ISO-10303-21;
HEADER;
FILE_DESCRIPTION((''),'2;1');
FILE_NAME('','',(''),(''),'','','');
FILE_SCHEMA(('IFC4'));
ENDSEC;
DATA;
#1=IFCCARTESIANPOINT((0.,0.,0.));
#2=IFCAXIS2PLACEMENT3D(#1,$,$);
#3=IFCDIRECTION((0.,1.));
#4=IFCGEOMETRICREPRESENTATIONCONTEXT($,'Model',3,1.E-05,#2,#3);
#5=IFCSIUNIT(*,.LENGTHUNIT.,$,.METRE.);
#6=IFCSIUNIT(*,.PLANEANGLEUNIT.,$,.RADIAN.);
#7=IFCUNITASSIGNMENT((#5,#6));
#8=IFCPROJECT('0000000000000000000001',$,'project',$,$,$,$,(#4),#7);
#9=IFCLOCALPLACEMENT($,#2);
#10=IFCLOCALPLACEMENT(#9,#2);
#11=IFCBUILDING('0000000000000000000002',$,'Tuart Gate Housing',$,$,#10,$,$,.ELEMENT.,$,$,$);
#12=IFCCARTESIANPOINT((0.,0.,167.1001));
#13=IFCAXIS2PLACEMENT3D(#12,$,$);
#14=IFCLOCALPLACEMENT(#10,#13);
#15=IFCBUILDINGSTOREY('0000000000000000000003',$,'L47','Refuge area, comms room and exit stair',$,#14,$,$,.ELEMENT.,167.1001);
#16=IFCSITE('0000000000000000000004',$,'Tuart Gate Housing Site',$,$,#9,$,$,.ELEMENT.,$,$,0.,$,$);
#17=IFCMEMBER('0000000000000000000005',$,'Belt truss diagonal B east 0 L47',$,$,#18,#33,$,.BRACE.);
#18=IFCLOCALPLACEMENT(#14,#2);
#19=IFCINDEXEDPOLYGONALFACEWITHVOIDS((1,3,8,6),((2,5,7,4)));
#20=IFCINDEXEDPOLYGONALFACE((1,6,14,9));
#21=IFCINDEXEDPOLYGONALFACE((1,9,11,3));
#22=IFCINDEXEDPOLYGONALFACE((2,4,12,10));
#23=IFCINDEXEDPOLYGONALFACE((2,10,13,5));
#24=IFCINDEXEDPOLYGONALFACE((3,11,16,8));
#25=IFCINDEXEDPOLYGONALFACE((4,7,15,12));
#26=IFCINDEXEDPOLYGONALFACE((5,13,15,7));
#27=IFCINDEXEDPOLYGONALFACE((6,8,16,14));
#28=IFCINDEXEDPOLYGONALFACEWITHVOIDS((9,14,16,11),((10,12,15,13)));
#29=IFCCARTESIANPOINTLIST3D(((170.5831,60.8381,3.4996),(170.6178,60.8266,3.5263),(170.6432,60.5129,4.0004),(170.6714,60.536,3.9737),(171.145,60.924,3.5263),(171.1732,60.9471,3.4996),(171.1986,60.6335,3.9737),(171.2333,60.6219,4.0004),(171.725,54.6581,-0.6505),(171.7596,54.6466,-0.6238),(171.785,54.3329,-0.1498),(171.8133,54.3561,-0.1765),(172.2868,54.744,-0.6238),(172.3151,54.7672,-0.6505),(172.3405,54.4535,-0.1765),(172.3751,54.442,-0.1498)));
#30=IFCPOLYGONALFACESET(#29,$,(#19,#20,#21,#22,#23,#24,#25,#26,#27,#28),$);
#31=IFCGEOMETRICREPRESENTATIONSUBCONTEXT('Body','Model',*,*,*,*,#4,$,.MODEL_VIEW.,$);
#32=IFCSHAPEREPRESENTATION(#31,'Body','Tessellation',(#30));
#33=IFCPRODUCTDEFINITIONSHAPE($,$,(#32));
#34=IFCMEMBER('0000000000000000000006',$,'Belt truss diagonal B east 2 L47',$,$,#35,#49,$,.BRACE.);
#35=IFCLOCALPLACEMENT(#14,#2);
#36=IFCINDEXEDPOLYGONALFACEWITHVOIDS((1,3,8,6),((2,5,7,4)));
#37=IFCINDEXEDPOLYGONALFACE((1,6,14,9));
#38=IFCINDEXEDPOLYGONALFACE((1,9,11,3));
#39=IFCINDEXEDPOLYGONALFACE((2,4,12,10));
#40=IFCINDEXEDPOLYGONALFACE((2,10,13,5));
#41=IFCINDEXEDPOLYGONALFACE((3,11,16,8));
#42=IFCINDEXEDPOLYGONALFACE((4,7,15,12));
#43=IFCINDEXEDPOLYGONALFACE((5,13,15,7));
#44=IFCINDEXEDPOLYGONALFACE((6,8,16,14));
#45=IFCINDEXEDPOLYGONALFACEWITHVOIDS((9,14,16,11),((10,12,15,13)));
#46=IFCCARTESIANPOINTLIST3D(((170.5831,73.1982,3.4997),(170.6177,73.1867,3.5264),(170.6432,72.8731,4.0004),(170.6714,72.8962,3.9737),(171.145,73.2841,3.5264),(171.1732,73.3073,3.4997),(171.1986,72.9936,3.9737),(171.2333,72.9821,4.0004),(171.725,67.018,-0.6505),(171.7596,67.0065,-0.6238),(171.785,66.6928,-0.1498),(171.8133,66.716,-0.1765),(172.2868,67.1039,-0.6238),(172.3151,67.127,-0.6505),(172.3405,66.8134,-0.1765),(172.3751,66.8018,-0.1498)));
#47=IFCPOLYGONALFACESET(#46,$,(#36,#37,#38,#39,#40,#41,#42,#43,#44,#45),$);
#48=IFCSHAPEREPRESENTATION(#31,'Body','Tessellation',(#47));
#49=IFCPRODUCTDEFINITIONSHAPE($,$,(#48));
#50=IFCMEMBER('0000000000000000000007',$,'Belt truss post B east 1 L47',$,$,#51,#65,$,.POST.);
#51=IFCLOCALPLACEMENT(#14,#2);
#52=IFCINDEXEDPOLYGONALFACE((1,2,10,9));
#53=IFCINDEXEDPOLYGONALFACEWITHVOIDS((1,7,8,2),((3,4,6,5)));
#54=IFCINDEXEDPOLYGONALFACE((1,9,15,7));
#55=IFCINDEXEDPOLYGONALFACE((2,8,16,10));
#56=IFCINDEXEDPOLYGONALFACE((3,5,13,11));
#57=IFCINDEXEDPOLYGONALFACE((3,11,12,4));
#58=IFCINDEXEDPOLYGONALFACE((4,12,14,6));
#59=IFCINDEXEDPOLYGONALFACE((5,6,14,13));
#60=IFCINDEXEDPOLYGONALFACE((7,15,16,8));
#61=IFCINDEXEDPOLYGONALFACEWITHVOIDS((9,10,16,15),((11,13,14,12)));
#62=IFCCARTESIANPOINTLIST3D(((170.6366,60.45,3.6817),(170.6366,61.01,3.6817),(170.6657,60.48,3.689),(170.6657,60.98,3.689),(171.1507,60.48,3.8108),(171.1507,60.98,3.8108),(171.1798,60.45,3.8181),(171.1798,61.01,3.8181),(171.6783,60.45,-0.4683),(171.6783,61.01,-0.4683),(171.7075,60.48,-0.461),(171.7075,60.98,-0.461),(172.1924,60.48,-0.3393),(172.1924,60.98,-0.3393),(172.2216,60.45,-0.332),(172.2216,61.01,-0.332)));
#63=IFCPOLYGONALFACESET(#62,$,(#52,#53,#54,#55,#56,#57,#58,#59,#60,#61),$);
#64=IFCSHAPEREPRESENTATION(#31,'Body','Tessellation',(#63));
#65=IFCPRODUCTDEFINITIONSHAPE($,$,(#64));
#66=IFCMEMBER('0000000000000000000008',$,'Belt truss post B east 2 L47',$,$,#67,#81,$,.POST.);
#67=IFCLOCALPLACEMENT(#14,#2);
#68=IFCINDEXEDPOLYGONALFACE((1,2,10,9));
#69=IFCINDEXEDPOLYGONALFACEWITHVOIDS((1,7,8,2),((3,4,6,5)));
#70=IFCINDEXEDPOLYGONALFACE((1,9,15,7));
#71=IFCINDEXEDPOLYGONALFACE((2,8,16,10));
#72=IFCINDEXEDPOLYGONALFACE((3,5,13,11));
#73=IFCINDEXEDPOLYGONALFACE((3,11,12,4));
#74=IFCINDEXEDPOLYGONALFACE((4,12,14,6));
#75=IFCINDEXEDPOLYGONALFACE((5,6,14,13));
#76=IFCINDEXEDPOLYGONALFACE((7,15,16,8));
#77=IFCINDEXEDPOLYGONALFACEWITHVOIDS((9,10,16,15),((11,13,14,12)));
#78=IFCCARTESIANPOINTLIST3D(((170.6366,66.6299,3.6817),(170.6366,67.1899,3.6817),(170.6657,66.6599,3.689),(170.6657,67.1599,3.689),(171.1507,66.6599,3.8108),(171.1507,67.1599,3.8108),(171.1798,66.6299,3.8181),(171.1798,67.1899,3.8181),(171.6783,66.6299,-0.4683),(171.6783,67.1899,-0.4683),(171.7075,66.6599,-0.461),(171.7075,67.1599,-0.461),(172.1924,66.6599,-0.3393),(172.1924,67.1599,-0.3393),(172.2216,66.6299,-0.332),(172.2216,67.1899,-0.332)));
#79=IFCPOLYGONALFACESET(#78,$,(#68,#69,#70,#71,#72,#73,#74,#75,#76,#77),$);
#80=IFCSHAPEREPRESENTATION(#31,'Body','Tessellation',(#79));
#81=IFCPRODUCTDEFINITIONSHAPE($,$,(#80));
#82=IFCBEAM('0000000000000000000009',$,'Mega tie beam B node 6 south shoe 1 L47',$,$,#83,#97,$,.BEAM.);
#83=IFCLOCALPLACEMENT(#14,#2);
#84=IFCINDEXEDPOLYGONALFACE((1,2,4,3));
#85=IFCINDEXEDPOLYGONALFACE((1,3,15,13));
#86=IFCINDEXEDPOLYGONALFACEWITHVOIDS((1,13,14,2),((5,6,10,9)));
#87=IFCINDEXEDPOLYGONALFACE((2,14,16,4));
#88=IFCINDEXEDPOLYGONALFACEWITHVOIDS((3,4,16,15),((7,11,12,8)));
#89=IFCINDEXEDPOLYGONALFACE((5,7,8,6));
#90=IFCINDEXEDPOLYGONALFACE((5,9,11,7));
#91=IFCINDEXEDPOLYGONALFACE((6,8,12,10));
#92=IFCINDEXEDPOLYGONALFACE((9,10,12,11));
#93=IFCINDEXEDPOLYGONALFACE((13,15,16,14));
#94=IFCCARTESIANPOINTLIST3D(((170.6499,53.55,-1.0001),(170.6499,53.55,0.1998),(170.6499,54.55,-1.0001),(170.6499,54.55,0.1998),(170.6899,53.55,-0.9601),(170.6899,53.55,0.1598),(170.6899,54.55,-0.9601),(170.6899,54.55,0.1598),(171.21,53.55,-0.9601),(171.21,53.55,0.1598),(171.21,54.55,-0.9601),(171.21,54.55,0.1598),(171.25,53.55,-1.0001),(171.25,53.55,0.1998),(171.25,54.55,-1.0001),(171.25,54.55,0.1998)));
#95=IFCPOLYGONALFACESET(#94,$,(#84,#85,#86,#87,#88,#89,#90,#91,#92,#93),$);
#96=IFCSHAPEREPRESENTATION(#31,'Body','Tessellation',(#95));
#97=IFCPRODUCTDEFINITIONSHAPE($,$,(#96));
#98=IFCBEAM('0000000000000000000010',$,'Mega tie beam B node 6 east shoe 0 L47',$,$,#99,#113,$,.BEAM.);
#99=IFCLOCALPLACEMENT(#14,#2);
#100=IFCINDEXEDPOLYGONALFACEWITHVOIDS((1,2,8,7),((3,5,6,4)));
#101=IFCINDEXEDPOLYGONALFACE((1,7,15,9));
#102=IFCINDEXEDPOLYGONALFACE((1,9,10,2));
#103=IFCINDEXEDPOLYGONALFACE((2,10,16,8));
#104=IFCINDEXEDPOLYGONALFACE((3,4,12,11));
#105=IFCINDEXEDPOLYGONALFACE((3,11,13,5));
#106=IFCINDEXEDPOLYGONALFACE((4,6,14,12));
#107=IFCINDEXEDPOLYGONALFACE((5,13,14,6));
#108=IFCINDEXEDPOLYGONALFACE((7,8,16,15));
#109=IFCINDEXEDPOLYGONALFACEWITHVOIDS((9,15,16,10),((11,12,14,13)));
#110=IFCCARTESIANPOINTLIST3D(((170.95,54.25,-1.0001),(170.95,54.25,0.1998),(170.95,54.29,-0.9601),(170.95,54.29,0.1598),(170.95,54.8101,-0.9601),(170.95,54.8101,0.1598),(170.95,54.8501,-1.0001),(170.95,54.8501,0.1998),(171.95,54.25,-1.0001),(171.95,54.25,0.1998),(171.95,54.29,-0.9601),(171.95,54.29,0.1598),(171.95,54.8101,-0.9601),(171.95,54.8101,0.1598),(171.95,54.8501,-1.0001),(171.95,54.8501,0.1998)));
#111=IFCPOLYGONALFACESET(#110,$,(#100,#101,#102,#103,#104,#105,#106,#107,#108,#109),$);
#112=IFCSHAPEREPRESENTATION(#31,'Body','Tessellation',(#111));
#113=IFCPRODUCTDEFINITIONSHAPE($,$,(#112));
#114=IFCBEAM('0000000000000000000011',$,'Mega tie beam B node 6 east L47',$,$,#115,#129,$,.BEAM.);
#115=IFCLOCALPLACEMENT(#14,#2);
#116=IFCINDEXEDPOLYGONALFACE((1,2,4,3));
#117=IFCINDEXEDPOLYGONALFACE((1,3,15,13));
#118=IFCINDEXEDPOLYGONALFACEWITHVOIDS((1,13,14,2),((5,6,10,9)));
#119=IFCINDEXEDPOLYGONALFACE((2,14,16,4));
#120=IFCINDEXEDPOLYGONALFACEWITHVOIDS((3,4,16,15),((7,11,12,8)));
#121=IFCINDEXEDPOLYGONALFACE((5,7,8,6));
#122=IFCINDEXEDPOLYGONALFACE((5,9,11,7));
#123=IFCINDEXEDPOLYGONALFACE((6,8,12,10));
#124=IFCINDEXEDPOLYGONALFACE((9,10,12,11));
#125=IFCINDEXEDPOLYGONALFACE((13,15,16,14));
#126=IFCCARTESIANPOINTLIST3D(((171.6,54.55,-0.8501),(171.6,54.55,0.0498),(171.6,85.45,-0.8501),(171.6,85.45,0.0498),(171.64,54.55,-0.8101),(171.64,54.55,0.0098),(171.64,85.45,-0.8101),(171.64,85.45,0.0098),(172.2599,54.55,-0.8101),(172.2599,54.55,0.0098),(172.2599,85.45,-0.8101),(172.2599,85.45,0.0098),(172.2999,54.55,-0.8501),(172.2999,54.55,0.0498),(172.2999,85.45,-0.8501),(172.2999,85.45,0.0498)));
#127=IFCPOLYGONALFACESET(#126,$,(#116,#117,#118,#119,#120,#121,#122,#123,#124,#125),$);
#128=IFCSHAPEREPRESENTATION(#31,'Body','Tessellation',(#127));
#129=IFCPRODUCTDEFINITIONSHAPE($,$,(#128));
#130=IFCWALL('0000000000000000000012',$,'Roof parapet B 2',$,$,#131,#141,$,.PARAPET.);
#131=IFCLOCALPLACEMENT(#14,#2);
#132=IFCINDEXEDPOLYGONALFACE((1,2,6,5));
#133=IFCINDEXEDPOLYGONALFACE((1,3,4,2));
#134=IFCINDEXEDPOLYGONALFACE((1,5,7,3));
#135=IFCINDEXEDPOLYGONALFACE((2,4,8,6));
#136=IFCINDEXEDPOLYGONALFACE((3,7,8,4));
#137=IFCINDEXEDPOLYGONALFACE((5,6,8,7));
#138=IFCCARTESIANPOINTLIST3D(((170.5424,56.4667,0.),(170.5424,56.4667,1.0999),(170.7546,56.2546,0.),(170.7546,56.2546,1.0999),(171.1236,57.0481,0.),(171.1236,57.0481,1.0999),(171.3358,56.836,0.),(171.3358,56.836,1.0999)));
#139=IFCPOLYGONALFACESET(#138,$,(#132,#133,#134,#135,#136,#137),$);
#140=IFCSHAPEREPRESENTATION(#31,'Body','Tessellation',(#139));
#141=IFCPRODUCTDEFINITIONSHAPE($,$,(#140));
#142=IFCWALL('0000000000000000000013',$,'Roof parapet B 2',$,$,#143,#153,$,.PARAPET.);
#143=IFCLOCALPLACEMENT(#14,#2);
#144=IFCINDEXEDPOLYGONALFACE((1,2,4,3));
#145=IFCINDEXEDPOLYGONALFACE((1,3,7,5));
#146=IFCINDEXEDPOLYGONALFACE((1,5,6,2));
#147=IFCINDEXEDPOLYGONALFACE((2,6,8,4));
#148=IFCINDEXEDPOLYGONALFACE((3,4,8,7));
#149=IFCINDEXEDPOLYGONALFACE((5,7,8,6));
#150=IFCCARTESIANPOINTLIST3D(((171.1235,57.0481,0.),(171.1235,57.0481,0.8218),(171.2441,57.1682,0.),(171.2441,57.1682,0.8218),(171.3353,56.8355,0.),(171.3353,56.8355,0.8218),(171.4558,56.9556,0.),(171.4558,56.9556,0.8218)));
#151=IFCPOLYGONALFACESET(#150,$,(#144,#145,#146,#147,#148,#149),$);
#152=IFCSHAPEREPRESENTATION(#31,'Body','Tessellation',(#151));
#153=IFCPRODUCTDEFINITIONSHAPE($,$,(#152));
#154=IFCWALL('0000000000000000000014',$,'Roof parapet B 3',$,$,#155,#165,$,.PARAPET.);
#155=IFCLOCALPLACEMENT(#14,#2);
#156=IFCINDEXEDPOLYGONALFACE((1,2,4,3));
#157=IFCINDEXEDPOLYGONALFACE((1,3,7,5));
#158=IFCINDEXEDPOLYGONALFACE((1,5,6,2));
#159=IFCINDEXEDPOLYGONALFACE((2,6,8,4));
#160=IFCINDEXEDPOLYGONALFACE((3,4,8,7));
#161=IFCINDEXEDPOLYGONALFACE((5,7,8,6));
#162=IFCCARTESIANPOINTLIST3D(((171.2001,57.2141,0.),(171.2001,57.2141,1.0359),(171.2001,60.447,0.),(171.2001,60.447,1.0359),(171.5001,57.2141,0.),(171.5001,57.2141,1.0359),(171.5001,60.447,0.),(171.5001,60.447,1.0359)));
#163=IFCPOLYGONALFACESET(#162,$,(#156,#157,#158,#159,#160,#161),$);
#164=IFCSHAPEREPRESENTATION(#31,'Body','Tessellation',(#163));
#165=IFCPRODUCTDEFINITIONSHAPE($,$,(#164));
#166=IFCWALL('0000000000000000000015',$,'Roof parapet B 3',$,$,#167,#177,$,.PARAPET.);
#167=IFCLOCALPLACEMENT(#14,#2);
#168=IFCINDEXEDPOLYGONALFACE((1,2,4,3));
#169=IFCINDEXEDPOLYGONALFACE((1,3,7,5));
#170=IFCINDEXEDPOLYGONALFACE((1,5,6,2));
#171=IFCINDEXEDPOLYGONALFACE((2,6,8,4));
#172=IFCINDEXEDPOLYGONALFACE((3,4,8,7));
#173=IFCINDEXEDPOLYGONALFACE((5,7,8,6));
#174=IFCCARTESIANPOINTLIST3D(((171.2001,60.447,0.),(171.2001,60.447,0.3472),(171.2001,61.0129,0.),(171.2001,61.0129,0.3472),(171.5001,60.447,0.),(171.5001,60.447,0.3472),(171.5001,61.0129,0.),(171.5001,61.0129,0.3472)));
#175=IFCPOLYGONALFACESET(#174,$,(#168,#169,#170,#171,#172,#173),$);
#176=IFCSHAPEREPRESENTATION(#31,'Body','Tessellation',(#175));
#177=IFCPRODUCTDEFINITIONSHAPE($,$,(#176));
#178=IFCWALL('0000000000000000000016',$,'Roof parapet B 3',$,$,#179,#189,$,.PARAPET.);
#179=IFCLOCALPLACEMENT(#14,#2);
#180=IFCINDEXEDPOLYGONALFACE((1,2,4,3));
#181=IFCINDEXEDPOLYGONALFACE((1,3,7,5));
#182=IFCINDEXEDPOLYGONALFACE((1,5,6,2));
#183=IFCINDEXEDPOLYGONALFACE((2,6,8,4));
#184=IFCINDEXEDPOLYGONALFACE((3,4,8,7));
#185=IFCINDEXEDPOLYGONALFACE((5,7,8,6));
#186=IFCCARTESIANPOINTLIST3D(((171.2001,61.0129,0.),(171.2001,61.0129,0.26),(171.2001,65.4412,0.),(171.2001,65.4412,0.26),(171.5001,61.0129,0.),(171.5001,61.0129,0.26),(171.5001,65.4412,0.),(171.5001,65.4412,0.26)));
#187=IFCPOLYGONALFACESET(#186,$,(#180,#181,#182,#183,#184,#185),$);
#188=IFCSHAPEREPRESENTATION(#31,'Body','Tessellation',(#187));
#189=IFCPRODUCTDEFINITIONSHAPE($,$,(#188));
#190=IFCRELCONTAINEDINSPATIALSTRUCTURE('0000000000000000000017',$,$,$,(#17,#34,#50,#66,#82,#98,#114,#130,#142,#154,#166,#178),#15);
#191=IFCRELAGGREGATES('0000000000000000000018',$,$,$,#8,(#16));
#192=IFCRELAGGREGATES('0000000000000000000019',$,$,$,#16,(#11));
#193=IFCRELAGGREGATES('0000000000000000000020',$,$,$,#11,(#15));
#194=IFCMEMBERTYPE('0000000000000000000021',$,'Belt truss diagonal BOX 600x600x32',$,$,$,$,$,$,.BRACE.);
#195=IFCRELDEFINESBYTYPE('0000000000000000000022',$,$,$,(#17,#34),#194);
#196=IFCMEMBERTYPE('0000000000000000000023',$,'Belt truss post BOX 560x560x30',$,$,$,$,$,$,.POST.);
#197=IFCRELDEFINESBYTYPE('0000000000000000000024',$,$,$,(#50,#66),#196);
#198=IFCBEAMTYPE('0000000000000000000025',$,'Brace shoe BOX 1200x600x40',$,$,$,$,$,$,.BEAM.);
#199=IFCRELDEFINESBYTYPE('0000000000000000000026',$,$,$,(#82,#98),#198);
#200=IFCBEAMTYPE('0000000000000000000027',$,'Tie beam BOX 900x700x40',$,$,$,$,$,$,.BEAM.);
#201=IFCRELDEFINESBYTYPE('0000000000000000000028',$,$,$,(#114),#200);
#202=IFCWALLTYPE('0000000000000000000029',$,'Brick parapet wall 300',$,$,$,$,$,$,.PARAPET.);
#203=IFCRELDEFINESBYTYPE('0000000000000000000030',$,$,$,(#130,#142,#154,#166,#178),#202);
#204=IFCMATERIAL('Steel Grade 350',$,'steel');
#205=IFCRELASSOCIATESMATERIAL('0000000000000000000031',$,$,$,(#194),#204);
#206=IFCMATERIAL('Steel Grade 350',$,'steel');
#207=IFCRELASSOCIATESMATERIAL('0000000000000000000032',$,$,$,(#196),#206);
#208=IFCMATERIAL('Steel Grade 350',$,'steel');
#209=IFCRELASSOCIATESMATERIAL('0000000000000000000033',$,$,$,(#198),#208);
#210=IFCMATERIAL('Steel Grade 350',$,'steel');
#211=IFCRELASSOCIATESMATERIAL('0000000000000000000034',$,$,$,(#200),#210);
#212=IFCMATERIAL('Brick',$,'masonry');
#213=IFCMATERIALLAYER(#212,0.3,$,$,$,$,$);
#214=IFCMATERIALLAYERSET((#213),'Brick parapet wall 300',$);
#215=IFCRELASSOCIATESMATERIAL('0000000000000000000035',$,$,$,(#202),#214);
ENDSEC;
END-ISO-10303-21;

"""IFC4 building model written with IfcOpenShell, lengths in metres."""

from ifc_helpers import new_model, si_unit, direction, frame, frame_2d, origin, origin_2d, place, context, subcontext, project, spatial, rectangle, hollow_rectangle, extrude, material, layer, layer_set, material_profile, profile_set, type_object, element, save


model = new_model("IFC4")

# Units and contexts
model_context = context("Model", 3, precision=1e-05, world=origin(), true_north=direction((0.0, 1.0)))
body_context = subcontext(model_context, "Body", "Model", "MODEL_VIEW")
ifc_project = project(units=[si_unit("LENGTHUNIT", "METRE"), si_unit("PLANEANGLEUNIT", "RADIAN")], contexts=[model_context])

# Site, building, storey
site_placement = place(None, origin())
site = spatial("IfcSite", under=ifc_project, at=site_placement, Name="Tuart Gate Housing Site", CompositionType="ELEMENT", RefElevation=0.0)
building_placement = place(site_placement, origin())
building = spatial("IfcBuilding", under=site, at=building_placement, Name="Tuart Gate Housing", CompositionType="ELEMENT")
storey_placement = place(building_placement, frame((0.0, 0.0, 167.1001)))
storey = spatial("IfcBuildingStorey", under=building, at=storey_placement, Name="L47", Description="Refuge area, comms room and exit stair", CompositionType="ELEMENT", Elevation=167.1001)

# Members
ifc_material_1 = material(Name="Steel Grade 350", Category="steel")
ifc_material_profile_1 = material_profile(ifc_material_1, hollow_rectangle(XDim=0.6001, YDim=0.6001, WallThickness=0.032, at=origin_2d()), Name="BOX 600x600x32")
ifc_profile_set_1 = profile_set([ifc_material_profile_1], Name="Steel Grade 350")
member_type_1 = type_object("IfcMemberType", Name="Belt truss diagonal BOX 600x600x32", PredefinedType="BRACE", material=ifc_profile_set_1)
member_1_placement = place(storey_placement, frame((172.05, 54.55, -0.4001), z_axis=(-0.151615, 0.820576, 0.55106), x_axis=(-0.983356, -0.181691, 0.0)))
element("IfcMember", 1, at=member_1_placement, inside=storey, type_object=member_type_1, Name="Belt truss diagonal B east 0 L47", PredefinedType="BRACE", context=body_context, shape_type="SweptSolid", body=[
    extrude(hollow_rectangle(XDim=0.6001, YDim=0.6001, WallThickness=0.032, at=origin_2d()), origin(), (0.0, 0.0, 1.0), 7.5312),
])
member_2_placement = place(storey_placement, frame((172.05, 66.9099, -0.4001), z_axis=(-0.151611, 0.820587, 0.551045), x_axis=(-0.983357, -0.181684, 0.0)))
element("IfcMember", 2, at=member_2_placement, inside=storey, type_object=member_type_1, Name="Belt truss diagonal B east 2 L47", PredefinedType="BRACE", context=body_context, shape_type="SweptSolid", body=[
    extrude(hollow_rectangle(XDim=0.6001, YDim=0.6001, WallThickness=0.032, at=origin_2d()), origin(), (0.0, 0.0, 1.0), 7.5315),
])
ifc_material_2 = material(Name="Steel Grade 350", Category="steel")
ifc_material_profile_2 = material_profile(ifc_material_2, hollow_rectangle(XDim=0.5601, YDim=0.5601, WallThickness=0.03, at=origin_2d()), Name="BOX 560x560x30")
ifc_profile_set_2 = profile_set([ifc_material_profile_2], Name="Steel Grade 350")
member_type_2 = type_object("IfcMemberType", Name="Belt truss post BOX 560x560x30", PredefinedType="POST", material=ifc_profile_set_2)
for number, where, z_axis, x_axis, name in (
    (3, (171.95, 60.73, -0.4001), (-0.243462, 0.0, 0.96991), (0.0, -1.0, 0.0), "Belt truss post B east 1 L47"),
    (4, (171.95, 66.9099, -0.4001), (-0.243462, 0.0, 0.96991), (0.0, -1.0, 0.0), "Belt truss post B east 2 L47"),
):
    element("IfcMember", number, at=place(storey_placement, frame(where, z_axis=z_axis, x_axis=x_axis)), inside=storey, type_object=member_type_2, Name=name, PredefinedType="POST", context=body_context, shape_type="SweptSolid", body=[
        extrude(hollow_rectangle(XDim=0.5601, YDim=0.5601, WallThickness=0.03, at=origin_2d()), origin(), (0.0, 0.0, 1.0), 4.2788),
    ])

# Beams
ifc_material_3 = material(Name="Steel Grade 350", Category="steel")
ifc_material_profile_3 = material_profile(ifc_material_3, hollow_rectangle(XDim=0.6001, YDim=1.2, WallThickness=0.04, at=origin_2d()), Name="BOX 1200x600x40")
ifc_profile_set_3 = profile_set([ifc_material_profile_3], Name="Steel Grade 350")
beam_type_1 = type_object("IfcBeamType", Name="Brace shoe BOX 1200x600x40", PredefinedType="BEAM", material=ifc_profile_set_3)
for number, where, z_axis, x_axis, name in (
    (5, (170.95, 54.55, -0.4001), (0.0, -1.0, 0.0), (1.0, 0.0, 0.0), "Mega tie beam B node 6 south shoe 1 L47"),
    (6, (170.95, 54.55, -0.4001), (1.0, 0.0, 0.0), (0.0, 1.0, 0.0), "Mega tie beam B node 6 east shoe 0 L47"),
):
    element("IfcBeam", number, at=place(storey_placement, frame(where, z_axis=z_axis, x_axis=x_axis)), inside=storey, type_object=beam_type_1, Name=name, PredefinedType="BEAM", context=body_context, shape_type="SweptSolid", body=[
        extrude(hollow_rectangle(XDim=0.6001, YDim=1.2, WallThickness=0.04, at=origin_2d()), origin(), (0.0, 0.0, 1.0), 1.0),
    ])
ifc_material_4 = material(Name="Steel Grade 350", Category="steel")
ifc_material_profile_4 = material_profile(ifc_material_4, hollow_rectangle(XDim=0.7, YDim=0.8999, WallThickness=0.04, at=origin_2d()), Name="BOX 900x700x40")
ifc_profile_set_4 = profile_set([ifc_material_profile_4], Name="Steel Grade 350")
beam_type_2 = type_object("IfcBeamType", Name="Tie beam BOX 900x700x40", PredefinedType="BEAM", material=ifc_profile_set_4)
beam_placement = place(storey_placement, frame((171.95, 54.55, -0.4001), z_axis=(0.0, 1.0, 0.0), x_axis=(-1.0, 0.0, 0.0)))
element("IfcBeam", 7, at=beam_placement, inside=storey, type_object=beam_type_2, Name="Mega tie beam B node 6 east L47", PredefinedType="BEAM", context=body_context, shape_type="SweptSolid", body=[
    extrude(hollow_rectangle(XDim=0.7, YDim=0.8999, WallThickness=0.04, at=origin_2d()), origin(), (0.0, 0.0, 1.0), 30.8999),
])

# Walls
ifc_material_5 = material(Name="Brick", Category="masonry")
ifc_layer_1 = layer(ifc_material_5, 0.3)
ifc_layer_set_1 = layer_set([ifc_layer_1], Name="Brick parapet wall 300")
wall_type_1 = type_object("IfcWallType", Name="Brick parapet wall 300", PredefinedType="PARAPET", material=ifc_layer_set_1)
wall_1_placement = place(storey_placement, frame((170.6484, 56.3606, 0.0), z_axis=(0.0, 0.0, 1.0), x_axis=(0.706958, 0.707255, 0.0)))
element("IfcWall", 8, at=wall_1_placement, inside=storey, type_object=wall_type_1, Name="Roof parapet B 2", PredefinedType="PARAPET", context=body_context, shape_type="SweptSolid", body=[
    extrude(rectangle(XDim=0.822, YDim=0.3, at=frame_2d((0.4111, 0.0))), origin(), (0.0, 0.0, 1.0), 1.0999),
])
wall_2_placement = place(storey_placement, frame((171.2295, 56.9419, 0.0), z_axis=(0.0, 0.0, 1.0), x_axis=(0.70854, 0.705671, 0.0)))
element("IfcWall", 9, at=wall_2_placement, inside=storey, type_object=wall_type_1, Name="Roof parapet B 2", PredefinedType="PARAPET", context=body_context, shape_type="SweptSolid", body=[
    extrude(rectangle(XDim=0.1702, YDim=0.3, at=frame_2d((0.085, 0.0))), origin(), (0.0, 0.0, 1.0), 0.8218),
])
wall_3_placement = place(storey_placement, frame((171.3501, 57.2141, 0.0), z_axis=(0.0, 0.0, 1.0), x_axis=(0.0, 1.0, 0.0)))
element("IfcWall", 10, at=wall_3_placement, inside=storey, type_object=wall_type_1, Name="Roof parapet B 3", PredefinedType="PARAPET", context=body_context, shape_type="SweptSolid", body=[
    extrude(rectangle(XDim=3.2329, YDim=0.3, at=frame_2d((1.6165, 0.0))), origin(), (0.0, 0.0, 1.0), 1.0359),
])
wall_4_placement = place(storey_placement, frame((171.3501, 60.447, 0.0), z_axis=(0.0, 0.0, 1.0), x_axis=(0.0, 1.0, 0.0)))
element("IfcWall", 11, at=wall_4_placement, inside=storey, type_object=wall_type_1, Name="Roof parapet B 3", PredefinedType="PARAPET", context=body_context, shape_type="SweptSolid", body=[
    extrude(rectangle(XDim=0.5659, YDim=0.3, at=frame_2d((0.283, 0.0))), origin(), (0.0, 0.0, 1.0), 0.3472),
])
wall_5_placement = place(storey_placement, frame((171.3501, 61.0129, 0.0), z_axis=(0.0, 0.0, 1.0), x_axis=(0.0, 1.0, 0.0)))
element("IfcWall", 12, at=wall_5_placement, inside=storey, type_object=wall_type_1, Name="Roof parapet B 3", PredefinedType="PARAPET", context=body_context, shape_type="SweptSolid", body=[
    extrude(rectangle(XDim=4.4282, YDim=0.3, at=frame_2d((2.2141, 0.0))), origin(), (0.0, 0.0, 1.0), 0.26),
])

save(model, "model.ifc")
